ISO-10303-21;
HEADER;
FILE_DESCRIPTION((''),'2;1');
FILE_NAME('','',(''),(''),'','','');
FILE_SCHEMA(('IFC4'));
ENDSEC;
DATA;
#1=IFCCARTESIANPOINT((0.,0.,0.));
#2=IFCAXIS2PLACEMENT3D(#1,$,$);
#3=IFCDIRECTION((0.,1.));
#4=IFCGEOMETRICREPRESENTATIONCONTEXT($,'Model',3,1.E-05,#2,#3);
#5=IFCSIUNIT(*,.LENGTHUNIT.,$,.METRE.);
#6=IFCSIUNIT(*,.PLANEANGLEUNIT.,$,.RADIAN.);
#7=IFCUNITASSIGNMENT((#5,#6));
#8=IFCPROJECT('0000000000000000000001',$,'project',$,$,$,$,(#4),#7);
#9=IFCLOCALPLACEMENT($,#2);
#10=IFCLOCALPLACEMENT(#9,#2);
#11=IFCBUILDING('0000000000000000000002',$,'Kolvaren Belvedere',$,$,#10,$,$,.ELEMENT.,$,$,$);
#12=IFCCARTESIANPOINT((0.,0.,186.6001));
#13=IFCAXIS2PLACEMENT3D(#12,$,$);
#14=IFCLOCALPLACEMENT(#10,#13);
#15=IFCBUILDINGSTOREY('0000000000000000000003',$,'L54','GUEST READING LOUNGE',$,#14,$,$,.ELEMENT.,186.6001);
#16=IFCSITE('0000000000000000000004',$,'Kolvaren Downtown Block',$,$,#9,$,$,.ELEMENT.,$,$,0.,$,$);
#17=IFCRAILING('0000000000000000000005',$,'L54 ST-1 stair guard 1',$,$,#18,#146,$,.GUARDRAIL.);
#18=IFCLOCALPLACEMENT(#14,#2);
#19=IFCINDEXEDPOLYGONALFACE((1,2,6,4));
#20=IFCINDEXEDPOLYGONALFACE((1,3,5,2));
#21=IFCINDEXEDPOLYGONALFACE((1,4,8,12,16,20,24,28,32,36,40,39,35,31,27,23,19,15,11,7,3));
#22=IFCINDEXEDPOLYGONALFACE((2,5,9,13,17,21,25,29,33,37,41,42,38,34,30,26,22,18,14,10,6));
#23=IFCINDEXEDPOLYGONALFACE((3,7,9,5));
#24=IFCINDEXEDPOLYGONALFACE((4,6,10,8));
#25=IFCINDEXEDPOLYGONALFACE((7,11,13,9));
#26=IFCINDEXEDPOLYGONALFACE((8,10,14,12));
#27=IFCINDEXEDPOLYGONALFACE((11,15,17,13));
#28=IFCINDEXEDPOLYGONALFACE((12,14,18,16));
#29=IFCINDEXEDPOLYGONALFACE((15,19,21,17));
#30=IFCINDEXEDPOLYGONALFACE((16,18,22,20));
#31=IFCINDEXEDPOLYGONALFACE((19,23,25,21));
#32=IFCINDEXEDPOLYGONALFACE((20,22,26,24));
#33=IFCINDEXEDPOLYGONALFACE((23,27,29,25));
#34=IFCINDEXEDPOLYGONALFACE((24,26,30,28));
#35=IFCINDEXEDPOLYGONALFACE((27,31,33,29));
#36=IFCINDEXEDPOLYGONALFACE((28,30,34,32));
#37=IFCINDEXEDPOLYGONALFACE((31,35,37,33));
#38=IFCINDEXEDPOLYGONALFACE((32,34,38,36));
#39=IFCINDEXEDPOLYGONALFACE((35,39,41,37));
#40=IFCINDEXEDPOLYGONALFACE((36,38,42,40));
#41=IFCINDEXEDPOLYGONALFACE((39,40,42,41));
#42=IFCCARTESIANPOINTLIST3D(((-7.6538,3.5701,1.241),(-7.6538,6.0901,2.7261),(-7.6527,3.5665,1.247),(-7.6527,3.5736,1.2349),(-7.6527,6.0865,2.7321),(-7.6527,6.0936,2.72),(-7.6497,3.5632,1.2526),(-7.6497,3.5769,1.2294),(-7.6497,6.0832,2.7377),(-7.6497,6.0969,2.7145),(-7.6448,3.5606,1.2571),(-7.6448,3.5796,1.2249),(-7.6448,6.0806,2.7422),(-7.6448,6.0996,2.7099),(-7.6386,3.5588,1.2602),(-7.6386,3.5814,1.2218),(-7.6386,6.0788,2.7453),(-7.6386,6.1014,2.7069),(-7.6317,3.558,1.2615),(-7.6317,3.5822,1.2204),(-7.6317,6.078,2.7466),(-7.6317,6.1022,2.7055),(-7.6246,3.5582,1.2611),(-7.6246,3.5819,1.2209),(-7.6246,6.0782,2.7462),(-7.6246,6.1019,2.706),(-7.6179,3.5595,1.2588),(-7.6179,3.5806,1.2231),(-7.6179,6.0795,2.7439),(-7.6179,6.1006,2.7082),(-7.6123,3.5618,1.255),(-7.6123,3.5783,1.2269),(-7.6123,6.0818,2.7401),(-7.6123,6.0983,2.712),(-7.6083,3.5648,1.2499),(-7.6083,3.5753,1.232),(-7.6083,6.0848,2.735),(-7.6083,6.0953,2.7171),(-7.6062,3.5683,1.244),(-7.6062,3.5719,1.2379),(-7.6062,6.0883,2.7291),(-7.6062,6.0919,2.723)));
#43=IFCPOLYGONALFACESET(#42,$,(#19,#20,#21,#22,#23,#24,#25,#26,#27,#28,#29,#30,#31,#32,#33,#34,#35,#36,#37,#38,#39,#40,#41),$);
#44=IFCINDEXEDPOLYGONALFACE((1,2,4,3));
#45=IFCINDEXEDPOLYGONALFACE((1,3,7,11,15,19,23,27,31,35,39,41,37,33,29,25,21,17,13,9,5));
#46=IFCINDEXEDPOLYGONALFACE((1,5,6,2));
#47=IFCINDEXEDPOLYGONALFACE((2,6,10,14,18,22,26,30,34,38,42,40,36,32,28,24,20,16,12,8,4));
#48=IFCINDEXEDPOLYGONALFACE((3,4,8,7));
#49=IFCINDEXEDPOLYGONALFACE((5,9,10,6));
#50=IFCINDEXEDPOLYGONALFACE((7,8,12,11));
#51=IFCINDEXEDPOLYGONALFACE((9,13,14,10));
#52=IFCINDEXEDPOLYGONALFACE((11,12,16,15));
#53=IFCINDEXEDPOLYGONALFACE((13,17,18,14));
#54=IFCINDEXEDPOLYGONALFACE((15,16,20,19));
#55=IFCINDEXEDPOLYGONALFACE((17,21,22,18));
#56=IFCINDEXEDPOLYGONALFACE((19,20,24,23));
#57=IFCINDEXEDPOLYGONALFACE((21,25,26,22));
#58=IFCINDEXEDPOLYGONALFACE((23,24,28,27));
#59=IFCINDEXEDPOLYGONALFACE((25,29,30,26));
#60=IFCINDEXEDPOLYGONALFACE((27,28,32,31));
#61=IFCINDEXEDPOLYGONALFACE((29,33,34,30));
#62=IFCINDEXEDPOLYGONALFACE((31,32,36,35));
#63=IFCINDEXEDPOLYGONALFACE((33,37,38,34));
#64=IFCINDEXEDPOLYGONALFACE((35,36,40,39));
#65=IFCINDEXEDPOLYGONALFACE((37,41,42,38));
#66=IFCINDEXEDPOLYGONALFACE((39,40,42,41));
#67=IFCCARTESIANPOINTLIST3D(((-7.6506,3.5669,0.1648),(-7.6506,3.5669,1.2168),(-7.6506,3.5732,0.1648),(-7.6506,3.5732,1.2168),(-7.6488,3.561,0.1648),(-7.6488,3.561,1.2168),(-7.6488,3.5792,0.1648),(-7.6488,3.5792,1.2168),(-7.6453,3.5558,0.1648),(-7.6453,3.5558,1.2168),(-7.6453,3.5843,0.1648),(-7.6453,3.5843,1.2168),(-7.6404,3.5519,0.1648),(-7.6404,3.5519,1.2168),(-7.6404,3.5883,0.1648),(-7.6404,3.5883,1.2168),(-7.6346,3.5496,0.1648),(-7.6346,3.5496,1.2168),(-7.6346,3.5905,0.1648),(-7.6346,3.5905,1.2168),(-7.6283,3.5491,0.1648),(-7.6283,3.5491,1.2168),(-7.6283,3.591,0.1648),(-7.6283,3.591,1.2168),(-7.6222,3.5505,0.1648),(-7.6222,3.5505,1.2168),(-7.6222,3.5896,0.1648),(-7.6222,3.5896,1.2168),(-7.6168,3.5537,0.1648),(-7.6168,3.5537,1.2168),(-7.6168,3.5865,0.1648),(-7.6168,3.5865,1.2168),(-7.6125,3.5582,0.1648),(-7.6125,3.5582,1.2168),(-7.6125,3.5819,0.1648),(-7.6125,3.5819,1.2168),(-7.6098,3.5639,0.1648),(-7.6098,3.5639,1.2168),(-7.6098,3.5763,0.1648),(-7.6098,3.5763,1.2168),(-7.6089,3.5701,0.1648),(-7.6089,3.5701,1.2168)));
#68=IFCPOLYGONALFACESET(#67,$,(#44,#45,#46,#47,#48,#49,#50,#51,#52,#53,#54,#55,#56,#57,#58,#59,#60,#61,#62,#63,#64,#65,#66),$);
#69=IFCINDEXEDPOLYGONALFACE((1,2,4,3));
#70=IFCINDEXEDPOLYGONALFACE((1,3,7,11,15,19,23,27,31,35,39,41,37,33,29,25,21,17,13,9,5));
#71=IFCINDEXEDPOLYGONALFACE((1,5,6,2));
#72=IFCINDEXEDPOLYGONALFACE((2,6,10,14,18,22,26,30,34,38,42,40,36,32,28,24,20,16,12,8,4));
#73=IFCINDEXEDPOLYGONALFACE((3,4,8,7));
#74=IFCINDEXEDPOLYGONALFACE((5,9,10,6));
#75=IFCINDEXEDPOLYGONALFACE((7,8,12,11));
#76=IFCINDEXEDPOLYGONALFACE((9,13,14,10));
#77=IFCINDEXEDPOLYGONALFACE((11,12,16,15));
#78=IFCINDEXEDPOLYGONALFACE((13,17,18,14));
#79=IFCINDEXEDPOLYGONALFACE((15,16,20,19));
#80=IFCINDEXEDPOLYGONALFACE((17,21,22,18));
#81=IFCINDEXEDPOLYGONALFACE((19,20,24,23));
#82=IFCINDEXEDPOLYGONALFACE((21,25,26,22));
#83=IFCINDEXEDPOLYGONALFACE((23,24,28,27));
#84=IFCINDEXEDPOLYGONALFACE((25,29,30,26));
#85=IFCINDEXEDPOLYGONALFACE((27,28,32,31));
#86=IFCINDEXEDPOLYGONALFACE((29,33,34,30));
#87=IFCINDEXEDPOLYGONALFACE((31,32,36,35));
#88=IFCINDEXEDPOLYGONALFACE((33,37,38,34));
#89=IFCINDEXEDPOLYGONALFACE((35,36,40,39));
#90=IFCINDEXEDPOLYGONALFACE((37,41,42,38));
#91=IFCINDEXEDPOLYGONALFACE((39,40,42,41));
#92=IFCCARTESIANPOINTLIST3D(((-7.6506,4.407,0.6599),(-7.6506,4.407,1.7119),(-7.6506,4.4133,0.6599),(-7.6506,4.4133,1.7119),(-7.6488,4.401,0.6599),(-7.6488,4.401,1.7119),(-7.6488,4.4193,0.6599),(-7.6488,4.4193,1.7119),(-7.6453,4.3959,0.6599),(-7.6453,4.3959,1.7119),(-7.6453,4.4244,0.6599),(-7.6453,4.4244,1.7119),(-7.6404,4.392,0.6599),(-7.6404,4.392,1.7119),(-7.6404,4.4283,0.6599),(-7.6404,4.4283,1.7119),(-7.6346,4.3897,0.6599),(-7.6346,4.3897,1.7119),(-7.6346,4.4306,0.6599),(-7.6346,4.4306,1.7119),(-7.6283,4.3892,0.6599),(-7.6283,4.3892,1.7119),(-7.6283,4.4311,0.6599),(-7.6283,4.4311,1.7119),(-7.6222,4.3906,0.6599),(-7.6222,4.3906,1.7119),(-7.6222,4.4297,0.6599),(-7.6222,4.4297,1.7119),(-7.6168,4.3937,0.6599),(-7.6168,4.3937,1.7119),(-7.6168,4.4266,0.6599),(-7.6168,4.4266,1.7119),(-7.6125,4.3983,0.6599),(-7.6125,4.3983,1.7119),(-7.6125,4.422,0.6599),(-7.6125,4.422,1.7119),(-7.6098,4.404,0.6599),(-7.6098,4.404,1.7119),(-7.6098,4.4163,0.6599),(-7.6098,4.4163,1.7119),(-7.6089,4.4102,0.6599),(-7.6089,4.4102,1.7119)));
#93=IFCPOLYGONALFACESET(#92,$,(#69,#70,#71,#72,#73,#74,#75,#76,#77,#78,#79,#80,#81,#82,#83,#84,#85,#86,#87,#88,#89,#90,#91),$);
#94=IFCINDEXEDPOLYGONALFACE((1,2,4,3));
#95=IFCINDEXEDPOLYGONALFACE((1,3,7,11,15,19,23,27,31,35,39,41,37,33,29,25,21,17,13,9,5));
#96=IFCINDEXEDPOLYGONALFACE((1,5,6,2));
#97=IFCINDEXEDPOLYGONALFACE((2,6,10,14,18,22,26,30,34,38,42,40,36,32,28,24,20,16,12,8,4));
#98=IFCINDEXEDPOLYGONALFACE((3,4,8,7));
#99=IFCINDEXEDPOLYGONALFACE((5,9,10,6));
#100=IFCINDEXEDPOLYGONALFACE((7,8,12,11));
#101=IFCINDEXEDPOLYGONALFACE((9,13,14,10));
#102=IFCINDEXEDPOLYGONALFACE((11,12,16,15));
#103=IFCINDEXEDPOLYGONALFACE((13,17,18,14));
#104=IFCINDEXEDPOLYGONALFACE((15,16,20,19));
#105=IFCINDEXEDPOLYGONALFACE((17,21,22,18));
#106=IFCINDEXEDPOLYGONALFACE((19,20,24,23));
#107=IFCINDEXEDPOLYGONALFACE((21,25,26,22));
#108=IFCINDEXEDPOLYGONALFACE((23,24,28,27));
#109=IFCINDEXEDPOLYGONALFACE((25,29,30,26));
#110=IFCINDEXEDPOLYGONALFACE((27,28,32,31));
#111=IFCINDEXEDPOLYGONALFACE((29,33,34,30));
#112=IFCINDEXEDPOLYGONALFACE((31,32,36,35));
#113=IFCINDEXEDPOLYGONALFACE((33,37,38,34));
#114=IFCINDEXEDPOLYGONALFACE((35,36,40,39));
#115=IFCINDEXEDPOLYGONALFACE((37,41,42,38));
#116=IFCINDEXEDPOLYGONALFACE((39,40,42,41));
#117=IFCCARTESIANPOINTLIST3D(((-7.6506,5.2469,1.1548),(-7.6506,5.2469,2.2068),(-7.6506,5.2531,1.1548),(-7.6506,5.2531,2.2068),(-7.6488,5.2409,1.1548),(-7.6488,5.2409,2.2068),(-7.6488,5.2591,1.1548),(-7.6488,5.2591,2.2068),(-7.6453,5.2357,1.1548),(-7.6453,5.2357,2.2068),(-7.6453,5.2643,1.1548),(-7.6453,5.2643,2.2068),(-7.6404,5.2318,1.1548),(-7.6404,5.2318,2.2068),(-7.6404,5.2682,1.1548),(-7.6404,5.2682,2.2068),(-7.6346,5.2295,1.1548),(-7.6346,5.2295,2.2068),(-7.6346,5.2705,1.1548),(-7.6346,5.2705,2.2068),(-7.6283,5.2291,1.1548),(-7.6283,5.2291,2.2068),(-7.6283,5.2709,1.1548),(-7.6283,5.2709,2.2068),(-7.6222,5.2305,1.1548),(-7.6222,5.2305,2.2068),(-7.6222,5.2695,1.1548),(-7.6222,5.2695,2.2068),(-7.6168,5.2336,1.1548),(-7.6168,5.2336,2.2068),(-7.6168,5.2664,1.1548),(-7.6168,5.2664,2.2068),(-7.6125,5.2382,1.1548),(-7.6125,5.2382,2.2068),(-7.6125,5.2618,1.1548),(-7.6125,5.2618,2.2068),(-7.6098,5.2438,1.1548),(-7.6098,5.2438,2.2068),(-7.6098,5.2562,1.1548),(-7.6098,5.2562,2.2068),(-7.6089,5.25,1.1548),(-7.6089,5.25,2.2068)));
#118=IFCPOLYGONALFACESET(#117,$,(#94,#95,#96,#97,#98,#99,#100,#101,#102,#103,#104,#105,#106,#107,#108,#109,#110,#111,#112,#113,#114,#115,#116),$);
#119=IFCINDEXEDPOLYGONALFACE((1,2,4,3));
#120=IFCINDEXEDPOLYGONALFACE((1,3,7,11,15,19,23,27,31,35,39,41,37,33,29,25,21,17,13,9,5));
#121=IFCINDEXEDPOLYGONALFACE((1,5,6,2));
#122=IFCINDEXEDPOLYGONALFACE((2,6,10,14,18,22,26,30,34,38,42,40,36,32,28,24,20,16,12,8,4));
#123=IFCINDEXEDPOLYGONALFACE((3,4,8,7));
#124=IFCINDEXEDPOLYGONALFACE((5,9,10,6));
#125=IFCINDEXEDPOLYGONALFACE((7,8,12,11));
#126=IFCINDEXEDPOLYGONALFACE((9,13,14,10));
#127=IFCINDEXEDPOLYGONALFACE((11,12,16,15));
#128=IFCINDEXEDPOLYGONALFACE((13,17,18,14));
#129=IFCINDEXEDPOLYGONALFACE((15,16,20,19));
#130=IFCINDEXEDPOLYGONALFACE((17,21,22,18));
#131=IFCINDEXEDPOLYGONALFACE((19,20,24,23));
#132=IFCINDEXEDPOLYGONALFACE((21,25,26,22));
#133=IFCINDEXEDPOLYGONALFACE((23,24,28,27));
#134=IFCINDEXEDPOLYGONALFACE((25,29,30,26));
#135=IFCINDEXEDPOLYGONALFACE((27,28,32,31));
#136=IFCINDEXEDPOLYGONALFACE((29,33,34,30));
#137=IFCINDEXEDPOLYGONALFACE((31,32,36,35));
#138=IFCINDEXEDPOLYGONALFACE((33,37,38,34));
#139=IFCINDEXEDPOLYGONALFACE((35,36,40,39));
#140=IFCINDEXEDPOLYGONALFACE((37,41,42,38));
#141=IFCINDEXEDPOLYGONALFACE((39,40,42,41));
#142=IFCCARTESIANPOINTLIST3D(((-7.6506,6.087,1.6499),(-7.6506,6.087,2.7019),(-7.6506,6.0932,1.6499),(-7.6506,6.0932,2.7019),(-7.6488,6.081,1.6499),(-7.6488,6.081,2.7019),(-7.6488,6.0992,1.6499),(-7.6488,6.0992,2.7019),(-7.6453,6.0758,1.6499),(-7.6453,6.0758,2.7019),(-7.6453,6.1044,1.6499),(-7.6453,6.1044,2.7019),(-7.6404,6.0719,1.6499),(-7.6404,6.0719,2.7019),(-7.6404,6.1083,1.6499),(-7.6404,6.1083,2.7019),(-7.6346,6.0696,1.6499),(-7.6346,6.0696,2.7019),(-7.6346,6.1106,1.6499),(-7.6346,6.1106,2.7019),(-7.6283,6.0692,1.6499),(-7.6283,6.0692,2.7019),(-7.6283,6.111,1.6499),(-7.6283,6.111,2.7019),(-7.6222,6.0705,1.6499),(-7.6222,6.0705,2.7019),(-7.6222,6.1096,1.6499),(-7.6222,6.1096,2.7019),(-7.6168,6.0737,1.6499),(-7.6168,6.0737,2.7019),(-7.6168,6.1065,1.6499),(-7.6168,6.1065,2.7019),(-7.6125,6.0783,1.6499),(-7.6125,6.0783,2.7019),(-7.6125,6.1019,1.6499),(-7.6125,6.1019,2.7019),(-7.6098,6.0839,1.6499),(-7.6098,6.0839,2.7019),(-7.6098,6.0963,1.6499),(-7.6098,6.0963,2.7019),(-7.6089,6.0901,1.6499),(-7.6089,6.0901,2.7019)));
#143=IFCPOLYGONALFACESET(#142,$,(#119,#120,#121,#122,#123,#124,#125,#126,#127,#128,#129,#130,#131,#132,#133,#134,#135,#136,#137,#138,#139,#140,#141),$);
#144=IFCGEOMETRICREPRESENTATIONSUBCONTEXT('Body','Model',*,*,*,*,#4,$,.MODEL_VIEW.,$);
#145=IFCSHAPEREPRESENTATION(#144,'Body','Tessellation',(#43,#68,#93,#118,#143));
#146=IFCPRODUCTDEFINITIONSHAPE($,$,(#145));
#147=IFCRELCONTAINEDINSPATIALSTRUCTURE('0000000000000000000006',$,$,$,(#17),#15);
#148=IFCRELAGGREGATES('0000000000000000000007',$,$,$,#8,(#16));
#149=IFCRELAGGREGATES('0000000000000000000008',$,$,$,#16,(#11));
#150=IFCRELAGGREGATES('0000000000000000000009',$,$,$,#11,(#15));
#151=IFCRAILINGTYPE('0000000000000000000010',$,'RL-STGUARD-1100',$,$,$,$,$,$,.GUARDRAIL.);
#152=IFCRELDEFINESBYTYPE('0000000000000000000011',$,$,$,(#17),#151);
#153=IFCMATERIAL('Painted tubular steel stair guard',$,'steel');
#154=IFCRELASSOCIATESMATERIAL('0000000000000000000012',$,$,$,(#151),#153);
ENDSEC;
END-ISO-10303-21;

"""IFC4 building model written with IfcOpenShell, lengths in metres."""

from ifc_helpers import new_model, si_unit, direction, frame, origin, origin_2d, place, context, subcontext, project, spatial, circle, extrude, material, type_object, element, save


model = new_model("IFC4")

# Units and contexts
model_context = context("Model", 3, precision=1e-05, world=origin(), true_north=direction((0.0, 1.0)))
body_context = subcontext(model_context, "Body", "Model", "MODEL_VIEW")
ifc_project = project(units=[si_unit("LENGTHUNIT", "METRE"), si_unit("PLANEANGLEUNIT", "RADIAN")], contexts=[model_context])

# Site, building, storey
site_placement = place(None, origin())
site = spatial("IfcSite", under=ifc_project, at=site_placement, Name="Kolvaren Downtown Block", CompositionType="ELEMENT", RefElevation=0.0)
building_placement = place(site_placement, origin())
building = spatial("IfcBuilding", under=site, at=building_placement, Name="Kolvaren Belvedere", CompositionType="ELEMENT")
storey_placement = place(building_placement, frame((0.0, 0.0, 186.6001)))
storey = spatial("IfcBuildingStorey", under=building, at=storey_placement, Name="L54", Description="GUEST READING LOUNGE", CompositionType="ELEMENT", Elevation=186.6001)

# Railing
ifc_material_1 = material(Name="Painted tubular steel stair guard", Category="steel")
railing_type_1 = type_object("IfcRailingType", Name="RL-STGUARD-1100", PredefinedType="GUARDRAIL", material=ifc_material_1)
railing_1_placement = place(storey_placement, frame((-7.6299, 3.5701, 0.1648)))
element("IfcRailing", 1, at=railing_1_placement, inside=storey, type_object=railing_type_1, Name="L54 ST-1 stair guard 1", PredefinedType="GUARDRAIL", context=body_context, shape_type="SweptSolid", body=[
    extrude(circle(Radius=0.0239, at=origin_2d()), frame((0.0, 0.0, 1.0762), z_axis=(0.0, 0.861524, 0.507717), x_axis=(-1.0, 0.0, 0.0)), (0.0, 0.0, 1.0), 2.925),
    extrude(circle(Radius=0.021, at=origin_2d()), origin(), (0.0, 0.0, 1.0), 1.052),
    extrude(circle(Radius=0.021, at=origin_2d()), frame((0.0, 0.8401, 0.4951)), (0.0, 0.0, 1.0), 1.052),
    extrude(circle(Radius=0.021, at=origin_2d()), frame((0.0, 1.6799, 0.99)), (0.0, 0.0, 1.0), 1.052),
    extrude(circle(Radius=0.021, at=origin_2d()), frame((0.0, 2.52, 1.4851)), (0.0, 0.0, 1.0), 1.052),
])

save(model, "model.ifc")
